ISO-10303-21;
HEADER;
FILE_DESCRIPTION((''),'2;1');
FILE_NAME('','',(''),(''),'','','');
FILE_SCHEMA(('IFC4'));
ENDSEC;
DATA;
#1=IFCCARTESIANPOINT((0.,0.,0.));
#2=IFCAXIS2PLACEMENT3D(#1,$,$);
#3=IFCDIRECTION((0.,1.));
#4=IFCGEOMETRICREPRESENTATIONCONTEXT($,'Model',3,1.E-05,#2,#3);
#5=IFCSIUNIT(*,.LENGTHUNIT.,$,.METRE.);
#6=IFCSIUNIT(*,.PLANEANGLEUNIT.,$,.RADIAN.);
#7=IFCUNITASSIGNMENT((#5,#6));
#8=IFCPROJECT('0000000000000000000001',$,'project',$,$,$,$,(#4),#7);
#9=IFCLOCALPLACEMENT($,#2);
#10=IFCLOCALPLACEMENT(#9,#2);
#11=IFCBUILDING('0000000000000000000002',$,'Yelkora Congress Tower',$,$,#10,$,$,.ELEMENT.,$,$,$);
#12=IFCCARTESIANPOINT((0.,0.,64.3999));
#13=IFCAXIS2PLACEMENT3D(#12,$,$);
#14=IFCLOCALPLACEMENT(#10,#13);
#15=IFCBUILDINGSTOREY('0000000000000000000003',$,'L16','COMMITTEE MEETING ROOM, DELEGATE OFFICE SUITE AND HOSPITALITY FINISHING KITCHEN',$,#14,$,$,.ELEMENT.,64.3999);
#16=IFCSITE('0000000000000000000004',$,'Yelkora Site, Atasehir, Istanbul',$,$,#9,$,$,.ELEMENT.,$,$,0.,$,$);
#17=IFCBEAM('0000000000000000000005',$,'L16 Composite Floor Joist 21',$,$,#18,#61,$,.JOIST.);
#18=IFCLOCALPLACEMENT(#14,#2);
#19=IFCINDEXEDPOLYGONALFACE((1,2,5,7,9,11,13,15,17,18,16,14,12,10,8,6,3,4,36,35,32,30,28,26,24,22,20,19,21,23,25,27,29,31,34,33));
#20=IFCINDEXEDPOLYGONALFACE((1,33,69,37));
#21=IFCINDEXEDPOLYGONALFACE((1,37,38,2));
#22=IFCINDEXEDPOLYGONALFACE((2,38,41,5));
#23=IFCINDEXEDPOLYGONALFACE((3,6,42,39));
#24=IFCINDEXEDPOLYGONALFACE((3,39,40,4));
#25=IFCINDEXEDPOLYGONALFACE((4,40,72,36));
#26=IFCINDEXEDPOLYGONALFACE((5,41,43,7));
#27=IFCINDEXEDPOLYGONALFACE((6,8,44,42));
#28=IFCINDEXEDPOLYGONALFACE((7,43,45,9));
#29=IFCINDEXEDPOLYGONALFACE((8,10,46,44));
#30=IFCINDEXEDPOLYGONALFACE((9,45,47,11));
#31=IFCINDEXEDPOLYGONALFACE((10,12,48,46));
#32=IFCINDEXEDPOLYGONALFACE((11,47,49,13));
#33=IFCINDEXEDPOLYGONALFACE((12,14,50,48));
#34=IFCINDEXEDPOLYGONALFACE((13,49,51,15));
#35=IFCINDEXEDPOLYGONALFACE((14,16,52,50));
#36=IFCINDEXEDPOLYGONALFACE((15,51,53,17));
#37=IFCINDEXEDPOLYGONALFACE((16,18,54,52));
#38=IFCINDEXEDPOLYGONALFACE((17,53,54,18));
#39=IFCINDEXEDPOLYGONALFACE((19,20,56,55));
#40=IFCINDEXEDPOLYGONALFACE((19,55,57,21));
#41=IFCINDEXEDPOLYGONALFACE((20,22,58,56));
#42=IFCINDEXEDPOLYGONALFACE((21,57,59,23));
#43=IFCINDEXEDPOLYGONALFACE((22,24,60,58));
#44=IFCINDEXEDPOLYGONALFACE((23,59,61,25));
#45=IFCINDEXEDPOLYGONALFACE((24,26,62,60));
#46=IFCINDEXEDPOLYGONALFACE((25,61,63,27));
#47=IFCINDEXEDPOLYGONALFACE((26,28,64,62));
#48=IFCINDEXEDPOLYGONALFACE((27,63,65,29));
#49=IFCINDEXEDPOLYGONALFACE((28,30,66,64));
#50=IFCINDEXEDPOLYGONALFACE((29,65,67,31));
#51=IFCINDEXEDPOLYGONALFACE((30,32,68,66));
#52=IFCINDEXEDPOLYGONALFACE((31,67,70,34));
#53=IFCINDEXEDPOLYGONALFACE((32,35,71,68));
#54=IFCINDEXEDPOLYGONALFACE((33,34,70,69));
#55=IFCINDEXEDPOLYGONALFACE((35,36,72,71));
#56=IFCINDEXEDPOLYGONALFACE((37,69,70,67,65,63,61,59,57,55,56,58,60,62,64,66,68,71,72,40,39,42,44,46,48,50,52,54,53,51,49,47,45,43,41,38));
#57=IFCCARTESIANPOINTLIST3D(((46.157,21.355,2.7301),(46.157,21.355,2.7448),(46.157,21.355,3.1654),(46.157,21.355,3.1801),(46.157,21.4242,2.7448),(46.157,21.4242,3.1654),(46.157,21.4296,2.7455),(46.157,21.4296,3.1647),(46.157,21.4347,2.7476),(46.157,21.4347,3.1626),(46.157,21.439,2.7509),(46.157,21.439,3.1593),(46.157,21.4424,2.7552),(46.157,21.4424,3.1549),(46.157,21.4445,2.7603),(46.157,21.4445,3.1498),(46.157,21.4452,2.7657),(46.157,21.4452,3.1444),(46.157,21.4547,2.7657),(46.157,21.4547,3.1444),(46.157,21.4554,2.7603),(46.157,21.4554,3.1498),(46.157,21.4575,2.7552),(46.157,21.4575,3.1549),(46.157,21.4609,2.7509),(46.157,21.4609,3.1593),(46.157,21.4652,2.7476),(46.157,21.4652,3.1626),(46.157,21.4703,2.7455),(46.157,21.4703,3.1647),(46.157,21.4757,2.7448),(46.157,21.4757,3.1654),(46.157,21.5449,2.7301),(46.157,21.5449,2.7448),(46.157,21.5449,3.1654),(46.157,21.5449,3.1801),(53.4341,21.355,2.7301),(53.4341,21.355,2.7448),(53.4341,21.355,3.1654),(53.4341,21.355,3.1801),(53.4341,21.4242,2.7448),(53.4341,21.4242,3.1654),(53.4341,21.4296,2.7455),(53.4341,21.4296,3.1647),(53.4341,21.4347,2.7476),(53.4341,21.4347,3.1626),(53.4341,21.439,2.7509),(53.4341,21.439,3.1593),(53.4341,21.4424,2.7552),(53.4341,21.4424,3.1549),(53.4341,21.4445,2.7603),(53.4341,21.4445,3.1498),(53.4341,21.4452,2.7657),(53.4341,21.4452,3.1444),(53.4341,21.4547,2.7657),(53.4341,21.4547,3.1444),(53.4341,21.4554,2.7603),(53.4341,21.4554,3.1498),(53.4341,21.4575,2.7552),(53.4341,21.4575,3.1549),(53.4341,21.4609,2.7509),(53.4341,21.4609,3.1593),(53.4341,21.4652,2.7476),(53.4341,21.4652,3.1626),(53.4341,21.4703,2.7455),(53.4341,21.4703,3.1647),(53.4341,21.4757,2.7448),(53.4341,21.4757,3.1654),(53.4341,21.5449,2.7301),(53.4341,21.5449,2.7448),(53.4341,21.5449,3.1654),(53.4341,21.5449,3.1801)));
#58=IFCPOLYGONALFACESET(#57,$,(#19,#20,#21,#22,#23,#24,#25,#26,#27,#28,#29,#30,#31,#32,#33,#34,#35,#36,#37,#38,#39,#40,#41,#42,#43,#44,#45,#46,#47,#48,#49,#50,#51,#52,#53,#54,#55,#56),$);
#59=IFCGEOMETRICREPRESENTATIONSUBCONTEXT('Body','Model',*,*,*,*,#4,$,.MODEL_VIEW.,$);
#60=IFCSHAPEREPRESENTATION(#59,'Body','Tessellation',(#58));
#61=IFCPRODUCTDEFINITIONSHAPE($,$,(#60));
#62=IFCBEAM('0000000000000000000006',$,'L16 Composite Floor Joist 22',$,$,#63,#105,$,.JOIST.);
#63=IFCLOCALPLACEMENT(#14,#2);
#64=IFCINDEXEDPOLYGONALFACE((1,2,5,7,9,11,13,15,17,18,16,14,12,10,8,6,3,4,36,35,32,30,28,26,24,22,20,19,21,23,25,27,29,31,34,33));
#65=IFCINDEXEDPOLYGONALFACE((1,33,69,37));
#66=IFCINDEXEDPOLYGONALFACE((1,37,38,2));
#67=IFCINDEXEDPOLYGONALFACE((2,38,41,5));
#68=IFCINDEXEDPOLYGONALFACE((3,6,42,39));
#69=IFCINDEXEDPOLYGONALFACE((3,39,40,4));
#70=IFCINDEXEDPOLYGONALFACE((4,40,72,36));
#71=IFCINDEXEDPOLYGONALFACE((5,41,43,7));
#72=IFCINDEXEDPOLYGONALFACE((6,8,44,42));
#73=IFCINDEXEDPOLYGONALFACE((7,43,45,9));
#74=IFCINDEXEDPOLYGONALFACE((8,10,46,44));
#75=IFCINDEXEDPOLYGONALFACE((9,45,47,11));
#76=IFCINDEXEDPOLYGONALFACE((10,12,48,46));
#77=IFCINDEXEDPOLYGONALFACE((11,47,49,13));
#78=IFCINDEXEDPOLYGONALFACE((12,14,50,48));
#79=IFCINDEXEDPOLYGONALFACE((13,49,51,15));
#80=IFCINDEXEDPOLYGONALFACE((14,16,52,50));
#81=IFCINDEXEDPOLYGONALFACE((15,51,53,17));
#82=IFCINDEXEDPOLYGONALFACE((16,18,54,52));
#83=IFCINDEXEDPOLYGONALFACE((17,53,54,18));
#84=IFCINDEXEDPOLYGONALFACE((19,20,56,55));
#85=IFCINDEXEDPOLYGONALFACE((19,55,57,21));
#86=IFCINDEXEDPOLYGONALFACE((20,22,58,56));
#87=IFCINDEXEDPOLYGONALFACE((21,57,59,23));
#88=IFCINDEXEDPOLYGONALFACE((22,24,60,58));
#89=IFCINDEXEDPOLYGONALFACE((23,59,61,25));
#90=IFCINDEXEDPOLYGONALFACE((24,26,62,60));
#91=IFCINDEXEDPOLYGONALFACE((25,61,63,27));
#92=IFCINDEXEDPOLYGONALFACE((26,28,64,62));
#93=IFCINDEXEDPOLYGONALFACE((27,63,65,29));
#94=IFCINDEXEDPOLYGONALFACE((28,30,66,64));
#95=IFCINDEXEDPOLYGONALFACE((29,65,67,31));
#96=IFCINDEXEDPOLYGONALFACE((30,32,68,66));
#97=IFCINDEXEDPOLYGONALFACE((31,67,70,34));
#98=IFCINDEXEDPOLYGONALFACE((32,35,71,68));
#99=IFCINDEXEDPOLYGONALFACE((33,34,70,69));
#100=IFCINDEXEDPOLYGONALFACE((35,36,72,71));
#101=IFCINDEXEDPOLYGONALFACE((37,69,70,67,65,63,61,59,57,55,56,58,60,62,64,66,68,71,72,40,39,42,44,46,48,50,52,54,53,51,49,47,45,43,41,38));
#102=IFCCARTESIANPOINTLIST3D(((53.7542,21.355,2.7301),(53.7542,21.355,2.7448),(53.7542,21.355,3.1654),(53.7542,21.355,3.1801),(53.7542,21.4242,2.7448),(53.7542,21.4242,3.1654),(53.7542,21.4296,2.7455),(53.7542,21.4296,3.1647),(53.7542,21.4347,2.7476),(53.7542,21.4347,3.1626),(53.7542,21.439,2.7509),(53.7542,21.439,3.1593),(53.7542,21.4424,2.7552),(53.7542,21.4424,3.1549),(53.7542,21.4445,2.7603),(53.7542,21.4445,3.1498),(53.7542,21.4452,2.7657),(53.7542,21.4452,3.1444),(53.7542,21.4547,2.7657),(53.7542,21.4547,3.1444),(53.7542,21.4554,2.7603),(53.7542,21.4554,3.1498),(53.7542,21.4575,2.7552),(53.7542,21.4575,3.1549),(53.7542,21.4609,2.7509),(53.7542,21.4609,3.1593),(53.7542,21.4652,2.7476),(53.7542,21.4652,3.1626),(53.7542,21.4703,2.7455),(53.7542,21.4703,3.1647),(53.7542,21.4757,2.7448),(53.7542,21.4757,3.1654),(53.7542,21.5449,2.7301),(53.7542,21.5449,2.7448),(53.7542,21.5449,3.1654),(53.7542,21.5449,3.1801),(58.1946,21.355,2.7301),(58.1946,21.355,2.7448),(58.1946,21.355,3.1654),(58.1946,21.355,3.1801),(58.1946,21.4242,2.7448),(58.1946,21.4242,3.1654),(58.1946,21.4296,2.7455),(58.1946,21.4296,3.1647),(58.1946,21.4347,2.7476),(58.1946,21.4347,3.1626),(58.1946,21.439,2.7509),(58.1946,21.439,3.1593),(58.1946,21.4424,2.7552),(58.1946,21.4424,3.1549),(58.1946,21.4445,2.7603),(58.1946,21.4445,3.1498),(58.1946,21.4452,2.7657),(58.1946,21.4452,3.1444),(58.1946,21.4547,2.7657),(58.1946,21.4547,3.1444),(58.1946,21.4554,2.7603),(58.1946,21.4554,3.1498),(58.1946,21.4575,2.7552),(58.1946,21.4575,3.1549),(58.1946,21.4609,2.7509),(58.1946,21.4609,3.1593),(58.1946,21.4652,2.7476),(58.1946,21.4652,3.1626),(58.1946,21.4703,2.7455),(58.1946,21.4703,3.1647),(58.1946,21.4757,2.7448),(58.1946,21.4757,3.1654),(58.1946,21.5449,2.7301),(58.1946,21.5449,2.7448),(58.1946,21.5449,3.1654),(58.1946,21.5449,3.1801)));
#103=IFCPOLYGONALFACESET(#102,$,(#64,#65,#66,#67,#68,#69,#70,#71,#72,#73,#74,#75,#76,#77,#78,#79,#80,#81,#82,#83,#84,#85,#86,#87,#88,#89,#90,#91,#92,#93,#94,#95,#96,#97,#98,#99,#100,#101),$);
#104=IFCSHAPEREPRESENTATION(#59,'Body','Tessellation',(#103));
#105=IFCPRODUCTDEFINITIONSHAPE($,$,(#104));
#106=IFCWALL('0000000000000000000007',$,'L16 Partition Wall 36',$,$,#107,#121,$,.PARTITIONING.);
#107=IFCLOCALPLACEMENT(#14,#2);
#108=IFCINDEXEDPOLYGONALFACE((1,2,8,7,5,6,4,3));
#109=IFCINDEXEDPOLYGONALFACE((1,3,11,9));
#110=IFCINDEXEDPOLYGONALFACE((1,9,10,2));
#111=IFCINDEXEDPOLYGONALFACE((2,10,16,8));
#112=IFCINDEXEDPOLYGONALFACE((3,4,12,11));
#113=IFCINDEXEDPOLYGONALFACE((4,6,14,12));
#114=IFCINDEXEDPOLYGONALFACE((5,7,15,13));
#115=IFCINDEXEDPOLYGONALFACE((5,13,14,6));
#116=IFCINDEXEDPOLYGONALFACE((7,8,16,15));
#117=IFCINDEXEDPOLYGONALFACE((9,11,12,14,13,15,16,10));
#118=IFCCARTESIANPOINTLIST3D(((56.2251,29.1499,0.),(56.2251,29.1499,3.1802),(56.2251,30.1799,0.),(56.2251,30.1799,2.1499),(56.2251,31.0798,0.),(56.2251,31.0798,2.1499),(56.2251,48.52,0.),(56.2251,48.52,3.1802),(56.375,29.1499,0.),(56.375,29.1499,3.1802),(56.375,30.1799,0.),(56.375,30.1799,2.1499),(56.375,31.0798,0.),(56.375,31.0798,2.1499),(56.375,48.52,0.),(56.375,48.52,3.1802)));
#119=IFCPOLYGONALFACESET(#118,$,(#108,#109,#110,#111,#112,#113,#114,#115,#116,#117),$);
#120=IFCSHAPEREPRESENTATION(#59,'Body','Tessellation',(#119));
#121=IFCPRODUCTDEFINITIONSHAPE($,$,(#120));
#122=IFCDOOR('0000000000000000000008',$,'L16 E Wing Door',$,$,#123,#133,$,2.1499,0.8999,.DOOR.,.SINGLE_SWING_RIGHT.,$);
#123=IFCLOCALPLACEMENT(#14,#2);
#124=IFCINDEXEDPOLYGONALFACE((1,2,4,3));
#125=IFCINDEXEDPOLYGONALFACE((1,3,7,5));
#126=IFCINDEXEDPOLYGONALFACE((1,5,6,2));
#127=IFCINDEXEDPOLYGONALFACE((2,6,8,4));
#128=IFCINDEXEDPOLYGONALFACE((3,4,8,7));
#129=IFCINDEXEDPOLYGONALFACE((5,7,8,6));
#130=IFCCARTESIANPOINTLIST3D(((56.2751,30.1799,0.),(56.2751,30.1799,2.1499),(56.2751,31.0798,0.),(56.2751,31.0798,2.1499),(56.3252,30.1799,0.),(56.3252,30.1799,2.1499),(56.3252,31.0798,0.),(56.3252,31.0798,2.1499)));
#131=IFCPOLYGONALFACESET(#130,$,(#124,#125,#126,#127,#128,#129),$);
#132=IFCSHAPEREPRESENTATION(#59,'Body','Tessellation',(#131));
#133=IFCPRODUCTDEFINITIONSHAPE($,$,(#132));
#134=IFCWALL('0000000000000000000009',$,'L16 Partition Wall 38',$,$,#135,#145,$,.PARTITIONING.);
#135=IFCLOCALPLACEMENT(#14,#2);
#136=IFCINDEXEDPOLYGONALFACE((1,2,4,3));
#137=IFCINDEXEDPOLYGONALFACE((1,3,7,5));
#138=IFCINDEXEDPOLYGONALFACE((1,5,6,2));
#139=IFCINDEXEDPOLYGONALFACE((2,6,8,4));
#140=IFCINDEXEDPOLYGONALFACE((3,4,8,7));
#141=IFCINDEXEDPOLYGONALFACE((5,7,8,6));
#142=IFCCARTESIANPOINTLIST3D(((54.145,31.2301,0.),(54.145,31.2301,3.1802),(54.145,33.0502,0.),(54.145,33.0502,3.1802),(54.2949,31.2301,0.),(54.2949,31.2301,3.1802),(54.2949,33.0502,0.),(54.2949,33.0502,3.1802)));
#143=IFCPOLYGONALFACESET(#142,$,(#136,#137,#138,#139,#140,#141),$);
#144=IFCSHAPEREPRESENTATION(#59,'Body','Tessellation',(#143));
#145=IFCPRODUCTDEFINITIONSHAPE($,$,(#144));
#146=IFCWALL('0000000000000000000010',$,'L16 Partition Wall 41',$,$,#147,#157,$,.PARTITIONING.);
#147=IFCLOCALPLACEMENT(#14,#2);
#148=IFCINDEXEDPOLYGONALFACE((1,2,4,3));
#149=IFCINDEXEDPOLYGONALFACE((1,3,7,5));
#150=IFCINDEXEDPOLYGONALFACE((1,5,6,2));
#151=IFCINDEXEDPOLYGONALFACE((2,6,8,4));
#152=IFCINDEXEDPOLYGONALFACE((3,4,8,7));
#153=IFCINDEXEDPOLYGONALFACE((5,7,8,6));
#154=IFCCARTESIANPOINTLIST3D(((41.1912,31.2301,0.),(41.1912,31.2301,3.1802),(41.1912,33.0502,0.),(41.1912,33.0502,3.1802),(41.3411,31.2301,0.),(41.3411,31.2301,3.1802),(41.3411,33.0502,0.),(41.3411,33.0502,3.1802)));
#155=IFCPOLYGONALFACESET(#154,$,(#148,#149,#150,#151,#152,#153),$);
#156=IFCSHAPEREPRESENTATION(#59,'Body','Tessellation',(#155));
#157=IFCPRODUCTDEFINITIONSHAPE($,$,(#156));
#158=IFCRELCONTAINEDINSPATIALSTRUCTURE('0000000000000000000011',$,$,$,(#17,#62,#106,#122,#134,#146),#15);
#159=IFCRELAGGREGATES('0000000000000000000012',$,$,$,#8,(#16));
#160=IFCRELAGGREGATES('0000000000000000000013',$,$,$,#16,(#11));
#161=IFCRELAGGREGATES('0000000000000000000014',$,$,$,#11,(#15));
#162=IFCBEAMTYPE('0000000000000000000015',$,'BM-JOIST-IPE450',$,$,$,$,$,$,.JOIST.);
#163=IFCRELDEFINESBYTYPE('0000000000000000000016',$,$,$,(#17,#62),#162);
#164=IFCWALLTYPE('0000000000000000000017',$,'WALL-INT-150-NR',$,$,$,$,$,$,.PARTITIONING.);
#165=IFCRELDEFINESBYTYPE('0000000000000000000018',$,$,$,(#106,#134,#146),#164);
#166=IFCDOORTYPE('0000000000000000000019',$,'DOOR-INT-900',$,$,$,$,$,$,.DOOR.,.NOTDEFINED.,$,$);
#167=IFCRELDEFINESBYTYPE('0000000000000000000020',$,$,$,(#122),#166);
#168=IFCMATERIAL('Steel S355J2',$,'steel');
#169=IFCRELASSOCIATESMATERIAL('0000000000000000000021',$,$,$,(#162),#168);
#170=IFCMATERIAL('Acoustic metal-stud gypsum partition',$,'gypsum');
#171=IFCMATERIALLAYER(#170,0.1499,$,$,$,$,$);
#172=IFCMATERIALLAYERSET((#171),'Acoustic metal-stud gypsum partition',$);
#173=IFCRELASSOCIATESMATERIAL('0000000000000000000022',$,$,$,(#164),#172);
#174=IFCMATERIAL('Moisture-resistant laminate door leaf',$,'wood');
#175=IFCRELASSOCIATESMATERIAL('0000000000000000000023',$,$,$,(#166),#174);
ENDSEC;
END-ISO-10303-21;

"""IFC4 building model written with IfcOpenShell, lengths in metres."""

from ifc_helpers import new_model, si_unit, direction, frame, frame_2d, origin, origin_2d, place, context, subcontext, project, spatial, rectangle, i_section, extrude, material, layer, layer_set, material_profile, profile_set, type_object, element, fill, save


model = new_model("IFC4")

# Units and contexts
model_context = context("Model", 3, precision=1e-05, world=origin(), true_north=direction((0.0, 1.0)))
body_context = subcontext(model_context, "Body", "Model", "MODEL_VIEW")
ifc_project = project(units=[si_unit("LENGTHUNIT", "METRE"), si_unit("PLANEANGLEUNIT", "RADIAN")], contexts=[model_context])

# Site, building, storey
site_placement = place(None, origin())
site = spatial("IfcSite", under=ifc_project, at=site_placement, Name="Yelkora Site, Atasehir, Istanbul", CompositionType="ELEMENT", RefElevation=0.0)
building_placement = place(site_placement, origin())
building = spatial("IfcBuilding", under=site, at=building_placement, Name="Yelkora Congress Tower", CompositionType="ELEMENT")
storey_placement = place(building_placement, frame((0.0, 0.0, 64.3999)))
storey = spatial("IfcBuildingStorey", under=building, at=storey_placement, Name="L16", Description="COMMITTEE MEETING ROOM, DELEGATE OFFICE SUITE AND HOSPITALITY FINISHING KITCHEN", CompositionType="ELEMENT", Elevation=64.3999)

# Beams
ifc_material_1 = material(Name="Steel S355J2", Category="steel")
ifc_material_profile_1 = material_profile(ifc_material_1, i_section(OverallWidth=0.1899, OverallDepth=0.45, WebThickness=0.0095, FlangeThickness=0.0146, FilletRadius=0.021, at=origin_2d()), Name="IPE 450")
ifc_profile_set_1 = profile_set([ifc_material_profile_1], Name="Steel S355J2")
beam_type_1 = type_object("IfcBeamType", Name="BM-JOIST-IPE450", PredefinedType="JOIST", material=ifc_profile_set_1)
beam_1_placement = place(storey_placement, frame((46.157, 21.45, 2.9551), z_axis=(1.0, 0.0, 0.0), x_axis=(0.0, 1.0, 0.0)))
element("IfcBeam", 1, at=beam_1_placement, inside=storey, type_object=beam_type_1, Name="L16 Composite Floor Joist 21", PredefinedType="JOIST", context=body_context, shape_type="SweptSolid", body=[
    extrude(i_section(OverallWidth=0.1899, OverallDepth=0.45, WebThickness=0.0095, FlangeThickness=0.0146, FilletRadius=0.021, at=origin_2d()), origin(), (0.0, 0.0, 1.0), 7.2771),
])
beam_2_placement = place(storey_placement, frame((53.7542, 21.45, 2.9551), z_axis=(1.0, 0.0, 0.0), x_axis=(0.0, 1.0, 0.0)))
element("IfcBeam", 2, at=beam_2_placement, inside=storey, type_object=beam_type_1, Name="L16 Composite Floor Joist 22", PredefinedType="JOIST", context=body_context, shape_type="SweptSolid", body=[
    extrude(i_section(OverallWidth=0.1899, OverallDepth=0.45, WebThickness=0.0095, FlangeThickness=0.0146, FilletRadius=0.021, at=origin_2d()), origin(), (0.0, 0.0, 1.0), 4.4404),
])

# Wall, opening, door
ifc_material_2 = material(Name="Acoustic metal-stud gypsum partition", Category="gypsum")
ifc_layer = layer(ifc_material_2, 0.1499)
ifc_layer_set = layer_set([ifc_layer], Name="Acoustic metal-stud gypsum partition")
wall_type = type_object("IfcWallType", Name="WALL-INT-150-NR", PredefinedType="PARTITIONING", material=ifc_layer_set)
wall_placement = place(storey_placement, frame((56.3, 29.1499, 0.0), z_axis=(0.0, 0.0, 1.0), x_axis=(0.0, 1.0, 0.0)))
wall = element("IfcWall", 3, at=wall_placement, inside=storey, type_object=wall_type, Name="L16 Partition Wall 36", PredefinedType="PARTITIONING", context=body_context, shape_type="SweptSolid", body=[
    extrude(rectangle(XDim=19.3701, YDim=0.1499, at=frame_2d((9.6851, 0.0))), origin(), (0.0, 0.0, 1.0), 3.1802),
])
opening_placement = place(wall_placement, frame((1.03, 0.0, 0.0)))
opening = element("IfcOpeningElement", 4, at=opening_placement, cuts=wall, PredefinedType="OPENING", context=body_context, shape_type="SweptSolid", body=[
    extrude(rectangle(XDim=0.8999, YDim=2.1499, at=frame_2d((0.45, 1.075))), frame((0.0, 0.085, 0.0), z_axis=(0.0, -1.0, 0.0), x_axis=(1.0, 0.0, 0.0)), (0.0, 0.0, 1.0), 0.1699),
])
ifc_material_3 = material(Name="Moisture-resistant laminate door leaf", Category="wood")
door_type = type_object("IfcDoorType", Name="DOOR-INT-900", OperationType="NOTDEFINED", PredefinedType="DOOR", material=ifc_material_3)
door_placement = place(opening_placement, origin())
door = element("IfcDoor", 5, at=door_placement, inside=storey, type_object=door_type, Name="L16 E Wing Door", OperationType="SINGLE_SWING_RIGHT", OverallHeight=2.1499, OverallWidth=0.8999, PredefinedType="DOOR", context=body_context, shape_type="SweptSolid", body=[
    extrude(rectangle(XDim=0.8999, YDim=2.1499, at=frame_2d((0.45, 1.075))), frame((0.0, 0.0249, 0.0), z_axis=(0.0, -1.0, 0.0), x_axis=(1.0, 0.0, 0.0)), (0.0, 0.0, 1.0), 0.05),
])
fill(opening, door)

# Walls
for number, where, z_axis, x_axis, name in (
    (6, (54.22, 31.23, 0.0), (0.0, 0.0, 1.0), (0.0, 1.0, 0.0), "L16 Partition Wall 38"),
    (7, (41.2661, 31.23, 0.0), (0.0, 0.0, 1.0), (0.0, 1.0, 0.0), "L16 Partition Wall 41"),
):
    element("IfcWall", number, at=place(storey_placement, frame(where, z_axis=z_axis, x_axis=x_axis)), inside=storey, type_object=wall_type, Name=name, PredefinedType="PARTITIONING", context=body_context, shape_type="SweptSolid", body=[
        extrude(rectangle(XDim=1.8201, YDim=0.1499, at=frame_2d((0.9102, 0.0))), origin(), (0.0, 0.0, 1.0), 3.1802),
    ])

save(model, "model.ifc")
